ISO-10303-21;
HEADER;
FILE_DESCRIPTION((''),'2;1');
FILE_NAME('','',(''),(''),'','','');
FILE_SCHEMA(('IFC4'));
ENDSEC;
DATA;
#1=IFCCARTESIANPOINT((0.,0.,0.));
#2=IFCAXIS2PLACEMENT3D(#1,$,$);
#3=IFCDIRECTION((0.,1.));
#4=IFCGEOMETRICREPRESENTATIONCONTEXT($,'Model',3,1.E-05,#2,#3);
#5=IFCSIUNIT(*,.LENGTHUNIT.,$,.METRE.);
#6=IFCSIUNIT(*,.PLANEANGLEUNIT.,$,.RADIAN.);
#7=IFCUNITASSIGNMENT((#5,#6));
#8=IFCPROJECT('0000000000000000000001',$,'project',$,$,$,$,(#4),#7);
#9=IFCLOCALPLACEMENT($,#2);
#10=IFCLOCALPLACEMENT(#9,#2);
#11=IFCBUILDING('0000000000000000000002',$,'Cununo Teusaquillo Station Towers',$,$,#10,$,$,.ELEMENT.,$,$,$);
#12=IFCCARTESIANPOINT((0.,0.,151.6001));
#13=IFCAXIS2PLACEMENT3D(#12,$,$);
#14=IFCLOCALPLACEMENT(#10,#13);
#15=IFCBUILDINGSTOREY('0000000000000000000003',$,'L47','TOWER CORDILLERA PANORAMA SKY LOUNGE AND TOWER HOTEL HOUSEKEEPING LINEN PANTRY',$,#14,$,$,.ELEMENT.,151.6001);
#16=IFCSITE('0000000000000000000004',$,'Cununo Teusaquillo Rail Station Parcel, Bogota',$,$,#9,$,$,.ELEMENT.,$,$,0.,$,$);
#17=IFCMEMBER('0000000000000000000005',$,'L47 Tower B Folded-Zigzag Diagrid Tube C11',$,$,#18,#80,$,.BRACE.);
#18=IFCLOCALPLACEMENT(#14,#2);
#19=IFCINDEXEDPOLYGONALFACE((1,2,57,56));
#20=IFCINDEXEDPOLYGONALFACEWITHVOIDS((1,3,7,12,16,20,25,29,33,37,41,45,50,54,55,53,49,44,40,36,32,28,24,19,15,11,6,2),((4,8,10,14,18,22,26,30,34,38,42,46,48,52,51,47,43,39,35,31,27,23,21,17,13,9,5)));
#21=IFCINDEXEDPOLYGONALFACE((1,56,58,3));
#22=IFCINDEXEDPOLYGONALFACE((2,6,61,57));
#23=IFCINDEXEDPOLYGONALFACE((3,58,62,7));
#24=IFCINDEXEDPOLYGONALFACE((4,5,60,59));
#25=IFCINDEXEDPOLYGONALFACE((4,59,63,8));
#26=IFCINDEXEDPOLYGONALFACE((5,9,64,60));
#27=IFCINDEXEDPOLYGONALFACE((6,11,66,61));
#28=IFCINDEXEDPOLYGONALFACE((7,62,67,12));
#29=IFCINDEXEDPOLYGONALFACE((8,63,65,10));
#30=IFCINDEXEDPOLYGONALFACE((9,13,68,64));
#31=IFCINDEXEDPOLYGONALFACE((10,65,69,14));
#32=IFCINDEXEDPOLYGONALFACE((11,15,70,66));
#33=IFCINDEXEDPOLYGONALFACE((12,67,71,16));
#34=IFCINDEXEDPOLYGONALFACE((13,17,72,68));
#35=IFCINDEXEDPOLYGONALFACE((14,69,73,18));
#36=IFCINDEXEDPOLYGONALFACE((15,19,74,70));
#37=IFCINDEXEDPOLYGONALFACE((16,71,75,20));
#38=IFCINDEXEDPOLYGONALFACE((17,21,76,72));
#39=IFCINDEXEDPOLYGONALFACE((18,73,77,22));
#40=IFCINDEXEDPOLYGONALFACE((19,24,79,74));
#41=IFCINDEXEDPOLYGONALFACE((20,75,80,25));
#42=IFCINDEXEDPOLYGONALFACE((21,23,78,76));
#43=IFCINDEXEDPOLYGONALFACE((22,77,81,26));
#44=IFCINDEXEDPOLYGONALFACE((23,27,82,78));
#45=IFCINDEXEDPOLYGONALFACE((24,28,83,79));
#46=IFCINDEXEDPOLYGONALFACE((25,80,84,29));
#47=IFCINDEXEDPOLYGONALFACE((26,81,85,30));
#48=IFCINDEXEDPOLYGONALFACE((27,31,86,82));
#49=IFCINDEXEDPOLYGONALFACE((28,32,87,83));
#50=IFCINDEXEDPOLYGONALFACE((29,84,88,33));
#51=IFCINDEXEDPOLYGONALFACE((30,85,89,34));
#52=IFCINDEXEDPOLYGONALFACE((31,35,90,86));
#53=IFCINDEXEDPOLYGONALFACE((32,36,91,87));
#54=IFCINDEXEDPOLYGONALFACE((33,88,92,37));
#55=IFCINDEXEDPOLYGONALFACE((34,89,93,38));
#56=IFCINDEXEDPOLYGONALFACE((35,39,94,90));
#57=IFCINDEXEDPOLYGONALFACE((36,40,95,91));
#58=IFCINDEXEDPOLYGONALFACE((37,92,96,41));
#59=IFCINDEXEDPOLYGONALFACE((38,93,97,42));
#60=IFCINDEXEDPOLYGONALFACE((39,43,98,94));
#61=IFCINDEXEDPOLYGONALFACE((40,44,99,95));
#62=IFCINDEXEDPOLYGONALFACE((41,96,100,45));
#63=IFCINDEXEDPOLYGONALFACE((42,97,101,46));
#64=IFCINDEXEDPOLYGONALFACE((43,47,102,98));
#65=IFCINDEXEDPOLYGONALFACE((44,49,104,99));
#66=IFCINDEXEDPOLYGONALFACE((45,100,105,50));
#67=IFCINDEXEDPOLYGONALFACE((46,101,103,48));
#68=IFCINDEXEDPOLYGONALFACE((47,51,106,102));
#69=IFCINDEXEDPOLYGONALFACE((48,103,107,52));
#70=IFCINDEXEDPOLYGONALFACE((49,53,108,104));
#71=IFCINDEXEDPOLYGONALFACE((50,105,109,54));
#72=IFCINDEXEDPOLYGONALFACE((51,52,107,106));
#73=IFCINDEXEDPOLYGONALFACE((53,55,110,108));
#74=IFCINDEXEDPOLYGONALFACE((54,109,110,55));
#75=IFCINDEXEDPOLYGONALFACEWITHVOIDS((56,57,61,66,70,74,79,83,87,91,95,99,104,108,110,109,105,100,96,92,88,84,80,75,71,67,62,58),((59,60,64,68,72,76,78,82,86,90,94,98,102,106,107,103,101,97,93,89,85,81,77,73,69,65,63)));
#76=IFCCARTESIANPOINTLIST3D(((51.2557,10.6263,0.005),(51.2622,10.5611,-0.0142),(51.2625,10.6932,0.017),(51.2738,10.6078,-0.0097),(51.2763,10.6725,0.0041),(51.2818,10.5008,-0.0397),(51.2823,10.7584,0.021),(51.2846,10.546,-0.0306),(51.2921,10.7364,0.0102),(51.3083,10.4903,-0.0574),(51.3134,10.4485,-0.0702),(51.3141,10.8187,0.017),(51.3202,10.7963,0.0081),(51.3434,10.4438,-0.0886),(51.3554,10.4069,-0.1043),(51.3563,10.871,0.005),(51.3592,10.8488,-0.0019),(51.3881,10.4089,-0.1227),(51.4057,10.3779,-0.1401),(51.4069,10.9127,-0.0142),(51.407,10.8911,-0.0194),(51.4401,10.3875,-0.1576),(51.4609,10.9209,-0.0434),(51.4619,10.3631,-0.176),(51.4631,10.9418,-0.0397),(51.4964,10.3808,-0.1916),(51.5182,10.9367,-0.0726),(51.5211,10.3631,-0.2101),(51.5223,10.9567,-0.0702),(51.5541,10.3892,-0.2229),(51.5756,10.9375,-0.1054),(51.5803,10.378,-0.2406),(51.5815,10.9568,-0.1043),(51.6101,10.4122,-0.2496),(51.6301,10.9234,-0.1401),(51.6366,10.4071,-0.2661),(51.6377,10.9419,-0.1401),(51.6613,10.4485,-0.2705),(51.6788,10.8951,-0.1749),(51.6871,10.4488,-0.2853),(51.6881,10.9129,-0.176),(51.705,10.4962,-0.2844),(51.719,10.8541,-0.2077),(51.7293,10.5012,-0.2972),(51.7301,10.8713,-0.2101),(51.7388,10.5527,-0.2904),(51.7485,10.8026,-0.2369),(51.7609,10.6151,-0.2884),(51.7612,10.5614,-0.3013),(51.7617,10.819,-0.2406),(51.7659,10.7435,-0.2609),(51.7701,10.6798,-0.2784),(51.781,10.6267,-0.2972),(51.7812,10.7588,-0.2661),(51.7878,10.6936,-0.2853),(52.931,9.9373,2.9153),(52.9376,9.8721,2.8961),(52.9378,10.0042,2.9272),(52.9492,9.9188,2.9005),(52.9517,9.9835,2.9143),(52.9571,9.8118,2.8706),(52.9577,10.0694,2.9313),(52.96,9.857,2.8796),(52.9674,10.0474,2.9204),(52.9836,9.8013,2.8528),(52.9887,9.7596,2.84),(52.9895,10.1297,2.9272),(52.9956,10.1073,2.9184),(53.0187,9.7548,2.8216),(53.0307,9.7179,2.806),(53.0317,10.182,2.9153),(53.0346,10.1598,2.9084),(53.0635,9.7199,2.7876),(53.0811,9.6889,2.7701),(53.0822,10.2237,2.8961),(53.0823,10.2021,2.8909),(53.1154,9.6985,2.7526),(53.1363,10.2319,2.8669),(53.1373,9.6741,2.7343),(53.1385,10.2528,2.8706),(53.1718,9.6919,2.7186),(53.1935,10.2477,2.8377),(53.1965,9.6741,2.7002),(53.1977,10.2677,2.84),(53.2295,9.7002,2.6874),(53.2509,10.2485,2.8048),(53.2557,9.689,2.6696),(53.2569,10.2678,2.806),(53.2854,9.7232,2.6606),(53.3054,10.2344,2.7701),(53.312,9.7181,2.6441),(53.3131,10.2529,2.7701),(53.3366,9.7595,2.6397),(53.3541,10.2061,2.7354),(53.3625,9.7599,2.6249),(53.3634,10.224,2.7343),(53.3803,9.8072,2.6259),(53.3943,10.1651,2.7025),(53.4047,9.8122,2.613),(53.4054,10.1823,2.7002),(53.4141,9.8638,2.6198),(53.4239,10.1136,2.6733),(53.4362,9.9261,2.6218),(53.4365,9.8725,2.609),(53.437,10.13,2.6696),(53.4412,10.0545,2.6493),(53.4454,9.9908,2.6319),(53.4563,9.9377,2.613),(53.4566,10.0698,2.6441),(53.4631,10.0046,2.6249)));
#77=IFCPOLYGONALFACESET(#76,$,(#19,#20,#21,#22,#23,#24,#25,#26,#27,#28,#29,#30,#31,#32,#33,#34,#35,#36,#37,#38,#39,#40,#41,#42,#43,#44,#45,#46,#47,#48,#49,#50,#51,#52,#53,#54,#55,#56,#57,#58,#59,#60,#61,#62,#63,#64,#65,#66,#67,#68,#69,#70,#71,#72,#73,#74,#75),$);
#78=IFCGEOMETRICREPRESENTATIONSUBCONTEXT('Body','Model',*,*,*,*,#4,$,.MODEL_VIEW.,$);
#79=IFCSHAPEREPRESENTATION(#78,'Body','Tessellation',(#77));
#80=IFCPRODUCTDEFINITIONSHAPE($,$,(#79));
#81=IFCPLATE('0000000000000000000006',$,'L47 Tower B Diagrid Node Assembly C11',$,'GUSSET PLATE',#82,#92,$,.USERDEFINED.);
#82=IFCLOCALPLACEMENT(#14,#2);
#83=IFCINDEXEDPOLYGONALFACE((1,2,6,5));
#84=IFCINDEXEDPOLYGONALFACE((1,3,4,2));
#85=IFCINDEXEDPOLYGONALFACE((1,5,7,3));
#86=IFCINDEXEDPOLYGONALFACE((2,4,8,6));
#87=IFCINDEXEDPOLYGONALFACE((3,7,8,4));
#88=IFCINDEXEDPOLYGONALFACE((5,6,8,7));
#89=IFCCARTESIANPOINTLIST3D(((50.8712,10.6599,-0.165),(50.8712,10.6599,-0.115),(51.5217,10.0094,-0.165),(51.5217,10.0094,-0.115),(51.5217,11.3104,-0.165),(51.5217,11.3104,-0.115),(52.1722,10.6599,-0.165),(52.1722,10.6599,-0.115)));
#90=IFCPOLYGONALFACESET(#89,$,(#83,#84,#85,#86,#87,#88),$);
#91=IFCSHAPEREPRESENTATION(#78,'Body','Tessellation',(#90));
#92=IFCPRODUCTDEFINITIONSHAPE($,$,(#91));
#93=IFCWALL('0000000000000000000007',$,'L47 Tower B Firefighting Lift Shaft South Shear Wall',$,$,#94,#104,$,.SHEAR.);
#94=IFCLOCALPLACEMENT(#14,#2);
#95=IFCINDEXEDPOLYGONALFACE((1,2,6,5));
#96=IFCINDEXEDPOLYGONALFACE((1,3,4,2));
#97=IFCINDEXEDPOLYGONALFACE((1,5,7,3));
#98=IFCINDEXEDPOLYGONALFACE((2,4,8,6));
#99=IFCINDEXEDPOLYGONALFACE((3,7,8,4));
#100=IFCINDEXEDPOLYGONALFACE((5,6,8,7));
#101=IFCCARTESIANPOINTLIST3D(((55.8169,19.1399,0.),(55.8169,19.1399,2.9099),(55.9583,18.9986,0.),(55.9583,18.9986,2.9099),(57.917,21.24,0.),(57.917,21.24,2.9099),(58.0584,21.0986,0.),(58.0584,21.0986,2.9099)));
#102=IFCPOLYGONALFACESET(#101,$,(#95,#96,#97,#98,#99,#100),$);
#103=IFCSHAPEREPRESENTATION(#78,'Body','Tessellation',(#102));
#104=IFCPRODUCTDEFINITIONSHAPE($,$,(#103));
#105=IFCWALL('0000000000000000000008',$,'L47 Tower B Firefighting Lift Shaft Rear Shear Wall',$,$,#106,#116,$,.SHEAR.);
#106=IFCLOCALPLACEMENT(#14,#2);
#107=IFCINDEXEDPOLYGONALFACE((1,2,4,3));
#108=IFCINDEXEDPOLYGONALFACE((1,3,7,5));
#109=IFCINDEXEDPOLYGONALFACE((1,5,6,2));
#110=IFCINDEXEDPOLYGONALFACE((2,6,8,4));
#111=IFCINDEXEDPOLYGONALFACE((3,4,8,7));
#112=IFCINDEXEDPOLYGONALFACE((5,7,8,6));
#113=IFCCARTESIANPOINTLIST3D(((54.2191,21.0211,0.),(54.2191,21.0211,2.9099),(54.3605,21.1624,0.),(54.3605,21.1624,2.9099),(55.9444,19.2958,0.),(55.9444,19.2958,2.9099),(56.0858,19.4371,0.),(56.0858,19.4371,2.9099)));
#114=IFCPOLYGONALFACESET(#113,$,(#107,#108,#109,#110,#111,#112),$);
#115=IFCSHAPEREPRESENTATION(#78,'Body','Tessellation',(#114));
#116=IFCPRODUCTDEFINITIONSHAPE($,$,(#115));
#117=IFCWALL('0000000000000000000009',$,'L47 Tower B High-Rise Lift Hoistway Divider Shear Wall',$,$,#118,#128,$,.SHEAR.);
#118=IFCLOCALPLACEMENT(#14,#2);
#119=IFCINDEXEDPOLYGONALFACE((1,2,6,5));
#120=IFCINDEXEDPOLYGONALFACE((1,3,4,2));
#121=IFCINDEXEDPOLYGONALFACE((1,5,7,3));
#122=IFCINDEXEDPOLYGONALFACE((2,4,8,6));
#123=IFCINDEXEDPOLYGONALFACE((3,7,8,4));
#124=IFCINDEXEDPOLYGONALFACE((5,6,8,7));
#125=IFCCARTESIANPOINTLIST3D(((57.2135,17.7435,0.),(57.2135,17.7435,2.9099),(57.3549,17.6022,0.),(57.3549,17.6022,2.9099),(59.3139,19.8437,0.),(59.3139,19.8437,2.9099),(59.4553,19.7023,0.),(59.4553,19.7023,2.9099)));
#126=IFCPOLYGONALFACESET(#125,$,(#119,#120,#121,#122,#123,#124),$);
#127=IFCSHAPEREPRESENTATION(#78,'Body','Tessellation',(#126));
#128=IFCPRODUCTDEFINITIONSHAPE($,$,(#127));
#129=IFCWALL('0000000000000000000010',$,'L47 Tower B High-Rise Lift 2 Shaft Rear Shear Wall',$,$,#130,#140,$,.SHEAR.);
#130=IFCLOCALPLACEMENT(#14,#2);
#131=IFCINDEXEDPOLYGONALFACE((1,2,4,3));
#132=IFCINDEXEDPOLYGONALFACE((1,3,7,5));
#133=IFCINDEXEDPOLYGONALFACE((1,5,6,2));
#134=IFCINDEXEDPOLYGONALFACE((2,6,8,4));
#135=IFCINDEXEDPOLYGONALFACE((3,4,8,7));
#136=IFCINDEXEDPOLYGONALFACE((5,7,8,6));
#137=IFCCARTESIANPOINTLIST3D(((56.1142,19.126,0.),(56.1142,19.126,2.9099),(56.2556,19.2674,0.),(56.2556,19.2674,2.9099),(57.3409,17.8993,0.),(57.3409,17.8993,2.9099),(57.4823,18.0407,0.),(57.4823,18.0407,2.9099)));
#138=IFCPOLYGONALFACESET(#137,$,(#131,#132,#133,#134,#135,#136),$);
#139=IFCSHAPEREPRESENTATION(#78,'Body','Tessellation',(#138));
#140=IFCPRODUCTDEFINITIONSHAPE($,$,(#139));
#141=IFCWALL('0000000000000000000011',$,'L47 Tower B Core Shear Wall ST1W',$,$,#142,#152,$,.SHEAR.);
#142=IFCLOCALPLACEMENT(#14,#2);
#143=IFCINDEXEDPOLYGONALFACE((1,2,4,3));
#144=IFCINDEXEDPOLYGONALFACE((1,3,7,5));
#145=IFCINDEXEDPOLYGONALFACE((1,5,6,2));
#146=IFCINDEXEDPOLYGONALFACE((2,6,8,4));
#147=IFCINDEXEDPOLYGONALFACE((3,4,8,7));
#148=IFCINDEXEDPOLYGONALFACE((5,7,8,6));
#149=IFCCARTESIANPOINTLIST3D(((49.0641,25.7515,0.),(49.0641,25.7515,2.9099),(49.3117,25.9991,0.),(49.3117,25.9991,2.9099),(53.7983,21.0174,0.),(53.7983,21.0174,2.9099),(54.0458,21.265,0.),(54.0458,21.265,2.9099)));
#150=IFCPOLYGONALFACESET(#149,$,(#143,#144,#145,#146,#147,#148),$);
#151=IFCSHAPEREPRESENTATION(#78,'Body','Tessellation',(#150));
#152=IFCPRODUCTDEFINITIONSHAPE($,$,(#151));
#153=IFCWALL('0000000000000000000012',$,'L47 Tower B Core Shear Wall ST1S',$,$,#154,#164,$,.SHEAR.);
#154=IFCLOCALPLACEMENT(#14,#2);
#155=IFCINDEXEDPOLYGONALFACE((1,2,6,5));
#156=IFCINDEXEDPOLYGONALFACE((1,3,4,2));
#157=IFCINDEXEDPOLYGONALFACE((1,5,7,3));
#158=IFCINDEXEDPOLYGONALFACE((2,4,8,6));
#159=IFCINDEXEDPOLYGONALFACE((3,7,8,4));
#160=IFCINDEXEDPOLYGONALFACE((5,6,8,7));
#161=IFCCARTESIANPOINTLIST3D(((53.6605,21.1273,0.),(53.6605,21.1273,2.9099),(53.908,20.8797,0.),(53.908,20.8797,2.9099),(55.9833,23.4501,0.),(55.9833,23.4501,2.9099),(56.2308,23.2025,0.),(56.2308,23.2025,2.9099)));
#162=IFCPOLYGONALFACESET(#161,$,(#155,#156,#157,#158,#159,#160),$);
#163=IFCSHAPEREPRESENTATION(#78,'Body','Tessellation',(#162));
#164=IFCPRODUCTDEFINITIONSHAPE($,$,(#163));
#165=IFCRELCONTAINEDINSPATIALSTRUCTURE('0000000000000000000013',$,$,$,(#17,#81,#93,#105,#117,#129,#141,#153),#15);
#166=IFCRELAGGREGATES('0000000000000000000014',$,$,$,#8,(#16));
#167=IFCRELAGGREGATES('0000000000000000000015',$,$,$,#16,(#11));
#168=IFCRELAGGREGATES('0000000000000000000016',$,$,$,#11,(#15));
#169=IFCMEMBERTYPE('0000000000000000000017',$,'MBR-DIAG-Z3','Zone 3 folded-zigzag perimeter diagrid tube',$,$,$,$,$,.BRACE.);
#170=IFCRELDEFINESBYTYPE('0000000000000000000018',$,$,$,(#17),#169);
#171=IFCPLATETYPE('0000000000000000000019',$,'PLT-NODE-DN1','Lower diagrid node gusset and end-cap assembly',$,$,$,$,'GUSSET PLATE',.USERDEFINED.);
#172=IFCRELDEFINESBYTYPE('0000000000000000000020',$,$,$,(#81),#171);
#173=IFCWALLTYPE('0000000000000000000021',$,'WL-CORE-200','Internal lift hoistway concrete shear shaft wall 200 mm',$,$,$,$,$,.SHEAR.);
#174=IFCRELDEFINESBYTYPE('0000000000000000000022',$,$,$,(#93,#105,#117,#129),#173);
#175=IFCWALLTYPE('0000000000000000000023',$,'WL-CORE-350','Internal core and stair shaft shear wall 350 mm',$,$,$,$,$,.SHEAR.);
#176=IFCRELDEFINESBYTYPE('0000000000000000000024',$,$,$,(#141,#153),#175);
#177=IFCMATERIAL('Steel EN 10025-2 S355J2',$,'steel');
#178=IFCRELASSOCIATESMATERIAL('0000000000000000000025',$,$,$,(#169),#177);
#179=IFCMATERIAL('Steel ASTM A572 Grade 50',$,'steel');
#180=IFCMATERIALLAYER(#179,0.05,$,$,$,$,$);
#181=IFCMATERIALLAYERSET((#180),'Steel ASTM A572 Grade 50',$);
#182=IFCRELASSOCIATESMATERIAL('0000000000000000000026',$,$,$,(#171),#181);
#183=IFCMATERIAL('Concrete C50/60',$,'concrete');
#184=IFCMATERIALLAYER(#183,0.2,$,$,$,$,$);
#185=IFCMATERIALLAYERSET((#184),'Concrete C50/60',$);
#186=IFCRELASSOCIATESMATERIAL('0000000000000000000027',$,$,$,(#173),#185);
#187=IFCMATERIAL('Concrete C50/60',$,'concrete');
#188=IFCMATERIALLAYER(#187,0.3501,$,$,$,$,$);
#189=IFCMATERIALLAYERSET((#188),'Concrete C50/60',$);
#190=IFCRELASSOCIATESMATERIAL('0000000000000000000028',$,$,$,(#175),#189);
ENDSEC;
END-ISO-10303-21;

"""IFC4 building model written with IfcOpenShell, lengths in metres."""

from ifc_helpers import new_model, si_unit, direction, frame, frame_2d, origin, origin_2d, place, context, subcontext, project, spatial, rectangle, hollow_circle, extrude, source, transform, mapped, material, layer, layer_set, material_profile, profile_set, type_object, element, save


model = new_model("IFC4")

# Units and contexts
model_context = context("Model", 3, precision=1e-05, world=origin(), true_north=direction((0.0, 1.0)))
body_context = subcontext(model_context, "Body", "Model", "MODEL_VIEW")
ifc_project = project(units=[si_unit("LENGTHUNIT", "METRE"), si_unit("PLANEANGLEUNIT", "RADIAN")], contexts=[model_context])

# Site, building, storey
site_placement = place(None, origin())
site = spatial("IfcSite", under=ifc_project, at=site_placement, Name="Cununo Teusaquillo Rail Station Parcel, Bogota", CompositionType="ELEMENT", RefElevation=0.0)
building_placement = place(site_placement, origin())
building = spatial("IfcBuilding", under=site, at=building_placement, Name="Cununo Teusaquillo Station Towers", CompositionType="ELEMENT")
storey_placement = place(building_placement, frame((0.0, 0.0, 151.6001)))
storey = spatial("IfcBuildingStorey", under=building, at=storey_placement, Name="L47", Description="TOWER CORDILLERA PANORAMA SKY LOUNGE AND TOWER HOTEL HOUSEKEEPING LINEN PANTRY", CompositionType="ELEMENT", Elevation=151.6001)

# Member
ifc_material_1 = material(Name="Steel EN 10025-2 S355J2", Category="steel")
ifc_material_profile_1 = material_profile(ifc_material_1, hollow_circle(Radius=0.3049, WallThickness=0.02, at=origin_2d()), Name="CHS 610x20")
ifc_profile_set_1 = profile_set([ifc_material_profile_1], Name="Steel EN 10025-2 S355J2")
member_type = type_object("IfcMemberType", Name="MBR-DIAG-Z3", Description="Zone 3 folded-zigzag perimeter diagrid tube", PredefinedType="BRACE", material=ifc_profile_set_1)
member_placement = place(storey_placement, frame((51.5217, 10.6599, -0.1401), z_axis=(0.488727, -0.200989, 0.848969), x_axis=(0.380343, 0.924845, 0.0)))
element("IfcMember", 1, at=member_placement, inside=storey, type_object=member_type, Name="L47 Tower B Folded-Zigzag Diagrid Tube C11", PredefinedType="BRACE", context=body_context, shape_type="SweptSolid", body=[
    extrude(hollow_circle(Radius=0.3049, WallThickness=0.02, at=origin_2d()), origin(), (0.0, 0.0, 1.0), 3.428),
])

# Plate
ifc_material_2 = material(Name="Steel ASTM A572 Grade 50", Category="steel")
ifc_layer_1 = layer(ifc_material_2, 0.05)
ifc_layer_set_1 = layer_set([ifc_layer_1], Name="Steel ASTM A572 Grade 50")
plate_type = type_object("IfcPlateType", Name="PLT-NODE-DN1", Description="Lower diagrid node gusset and end-cap assembly", ElementType="GUSSET PLATE", PredefinedType="USERDEFINED", material=ifc_layer_set_1)
shared_shape_1 = source(origin(), body_context, "Body", "SweptSolid", [
    extrude(rectangle(XDim=0.9199, YDim=0.9199, at=origin_2d()), origin(), (0.0, 0.0, 1.0), 0.05),
])
plate_placement = place(storey_placement, frame((51.5217, 10.6599, -0.165), z_axis=(0.0, 0.0, 1.0), x_axis=(0.707107, 0.707107, 0.0)))
element("IfcPlate", 2, at=plate_placement, inside=storey, type_object=plate_type, Name="L47 Tower B Diagrid Node Assembly C11", ObjectType="GUSSET PLATE", PredefinedType="USERDEFINED", context=body_context, shape_type="MappedRepresentation", body=[
    mapped(shared_shape_1, transform((0.0, 0.0, 0.0), x_axis=(1.0, 0.0, 0.0), y_axis=(0.0, 1.0, 0.0), z_axis=(0.0, 0.0, 1.0), scale=1.0)),
])

# Walls
ifc_material_3 = material(Name="Concrete C50/60", Category="concrete")
ifc_layer_2 = layer(ifc_material_3, 0.2)
ifc_layer_set_2 = layer_set([ifc_layer_2], Name="Concrete C50/60")
wall_type_1 = type_object("IfcWallType", Name="WL-CORE-200", Description="Internal lift hoistway concrete shear shaft wall 200 mm", PredefinedType="SHEAR", material=ifc_layer_set_2)
wall_1_placement = place(storey_placement, frame((55.8877, 19.0693, 0.0), z_axis=(0.0, 0.0, 1.0), x_axis=(0.707107, 0.707107, 0.0)))
element("IfcWall", 3, at=wall_1_placement, inside=storey, type_object=wall_type_1, Name="L47 Tower B Firefighting Lift Shaft South Shear Wall", PredefinedType="SHEAR", context=body_context, shape_type="SweptSolid", body=[
    extrude(rectangle(XDim=2.97, YDim=0.2, at=frame_2d((1.4849, 0.0))), origin(), (0.0, 0.0, 1.0), 2.9099),
])
wall_2_placement = place(storey_placement, frame((56.0151, 19.3665, 0.0), z_axis=(0.0, 0.0, 1.0), x_axis=(-0.707107, 0.707107, 0.0)))
element("IfcWall", 4, at=wall_2_placement, inside=storey, type_object=wall_type_1, Name="L47 Tower B Firefighting Lift Shaft Rear Shear Wall", PredefinedType="SHEAR", context=body_context, shape_type="SweptSolid", body=[
    extrude(rectangle(XDim=2.4399, YDim=0.2, at=frame_2d((1.22, 0.0))), origin(), (0.0, 0.0, 1.0), 2.9099),
])
wall_3_placement = place(storey_placement, frame((57.2842, 17.6729, 0.0), z_axis=(0.0, 0.0, 1.0), x_axis=(0.707148, 0.707066, 0.0)))
element("IfcWall", 5, at=wall_3_placement, inside=storey, type_object=wall_type_1, Name="L47 Tower B High-Rise Lift Hoistway Divider Shear Wall", PredefinedType="SHEAR", context=body_context, shape_type="SweptSolid", body=[
    extrude(rectangle(XDim=2.9702, YDim=0.2, at=frame_2d((1.4851, 0.0))), origin(), (0.0, 0.0, 1.0), 2.9099),
])
wall_4_placement = place(storey_placement, frame((57.4116, 17.97, 0.0), z_axis=(0.0, 0.0, 1.0), x_axis=(-0.707107, 0.707107, 0.0)))
element("IfcWall", 6, at=wall_4_placement, inside=storey, type_object=wall_type_1, Name="L47 Tower B High-Rise Lift 2 Shaft Rear Shear Wall", PredefinedType="SHEAR", context=body_context, shape_type="SweptSolid", body=[
    extrude(rectangle(XDim=1.7349, YDim=0.2, at=frame_2d((0.8674, 0.0))), origin(), (0.0, 0.0, 1.0), 2.9099),
])
ifc_material_4 = material(Name="Concrete C50/60", Category="concrete")
ifc_layer_3 = layer(ifc_material_4, 0.3501)
ifc_layer_set_3 = layer_set([ifc_layer_3], Name="Concrete C50/60")
wall_type_2 = type_object("IfcWallType", Name="WL-CORE-350", Description="Internal core and stair shaft shear wall 350 mm", PredefinedType="SHEAR", material=ifc_layer_set_3)
wall_5_placement = place(storey_placement, frame((53.9221, 21.1411, 0.0), z_axis=(0.0, 0.0, 1.0), x_axis=(-0.707107, 0.707107, 0.0)))
element("IfcWall", 7, at=wall_5_placement, inside=storey, type_object=wall_type_2, Name="L47 Tower B Core Shear Wall ST1W", PredefinedType="SHEAR", context=body_context, shape_type="SweptSolid", body=[
    extrude(rectangle(XDim=6.6951, YDim=0.3501, at=frame_2d((3.3477, 0.0))), origin(), (0.0, 0.0, 1.0), 2.9099),
])
wall_6_placement = place(storey_placement, frame((53.7842, 21.0034, 0.0), z_axis=(0.0, 0.0, 1.0), x_axis=(0.707107, 0.707107, 0.0)))
element("IfcWall", 8, at=wall_6_placement, inside=storey, type_object=wall_type_2, Name="L47 Tower B Core Shear Wall ST1S", PredefinedType="SHEAR", context=body_context, shape_type="SweptSolid", body=[
    extrude(rectangle(XDim=3.2849, YDim=0.3501, at=frame_2d((1.6426, 0.0))), origin(), (0.0, 0.0, 1.0), 2.9099),
])

save(model, "model.ifc")
